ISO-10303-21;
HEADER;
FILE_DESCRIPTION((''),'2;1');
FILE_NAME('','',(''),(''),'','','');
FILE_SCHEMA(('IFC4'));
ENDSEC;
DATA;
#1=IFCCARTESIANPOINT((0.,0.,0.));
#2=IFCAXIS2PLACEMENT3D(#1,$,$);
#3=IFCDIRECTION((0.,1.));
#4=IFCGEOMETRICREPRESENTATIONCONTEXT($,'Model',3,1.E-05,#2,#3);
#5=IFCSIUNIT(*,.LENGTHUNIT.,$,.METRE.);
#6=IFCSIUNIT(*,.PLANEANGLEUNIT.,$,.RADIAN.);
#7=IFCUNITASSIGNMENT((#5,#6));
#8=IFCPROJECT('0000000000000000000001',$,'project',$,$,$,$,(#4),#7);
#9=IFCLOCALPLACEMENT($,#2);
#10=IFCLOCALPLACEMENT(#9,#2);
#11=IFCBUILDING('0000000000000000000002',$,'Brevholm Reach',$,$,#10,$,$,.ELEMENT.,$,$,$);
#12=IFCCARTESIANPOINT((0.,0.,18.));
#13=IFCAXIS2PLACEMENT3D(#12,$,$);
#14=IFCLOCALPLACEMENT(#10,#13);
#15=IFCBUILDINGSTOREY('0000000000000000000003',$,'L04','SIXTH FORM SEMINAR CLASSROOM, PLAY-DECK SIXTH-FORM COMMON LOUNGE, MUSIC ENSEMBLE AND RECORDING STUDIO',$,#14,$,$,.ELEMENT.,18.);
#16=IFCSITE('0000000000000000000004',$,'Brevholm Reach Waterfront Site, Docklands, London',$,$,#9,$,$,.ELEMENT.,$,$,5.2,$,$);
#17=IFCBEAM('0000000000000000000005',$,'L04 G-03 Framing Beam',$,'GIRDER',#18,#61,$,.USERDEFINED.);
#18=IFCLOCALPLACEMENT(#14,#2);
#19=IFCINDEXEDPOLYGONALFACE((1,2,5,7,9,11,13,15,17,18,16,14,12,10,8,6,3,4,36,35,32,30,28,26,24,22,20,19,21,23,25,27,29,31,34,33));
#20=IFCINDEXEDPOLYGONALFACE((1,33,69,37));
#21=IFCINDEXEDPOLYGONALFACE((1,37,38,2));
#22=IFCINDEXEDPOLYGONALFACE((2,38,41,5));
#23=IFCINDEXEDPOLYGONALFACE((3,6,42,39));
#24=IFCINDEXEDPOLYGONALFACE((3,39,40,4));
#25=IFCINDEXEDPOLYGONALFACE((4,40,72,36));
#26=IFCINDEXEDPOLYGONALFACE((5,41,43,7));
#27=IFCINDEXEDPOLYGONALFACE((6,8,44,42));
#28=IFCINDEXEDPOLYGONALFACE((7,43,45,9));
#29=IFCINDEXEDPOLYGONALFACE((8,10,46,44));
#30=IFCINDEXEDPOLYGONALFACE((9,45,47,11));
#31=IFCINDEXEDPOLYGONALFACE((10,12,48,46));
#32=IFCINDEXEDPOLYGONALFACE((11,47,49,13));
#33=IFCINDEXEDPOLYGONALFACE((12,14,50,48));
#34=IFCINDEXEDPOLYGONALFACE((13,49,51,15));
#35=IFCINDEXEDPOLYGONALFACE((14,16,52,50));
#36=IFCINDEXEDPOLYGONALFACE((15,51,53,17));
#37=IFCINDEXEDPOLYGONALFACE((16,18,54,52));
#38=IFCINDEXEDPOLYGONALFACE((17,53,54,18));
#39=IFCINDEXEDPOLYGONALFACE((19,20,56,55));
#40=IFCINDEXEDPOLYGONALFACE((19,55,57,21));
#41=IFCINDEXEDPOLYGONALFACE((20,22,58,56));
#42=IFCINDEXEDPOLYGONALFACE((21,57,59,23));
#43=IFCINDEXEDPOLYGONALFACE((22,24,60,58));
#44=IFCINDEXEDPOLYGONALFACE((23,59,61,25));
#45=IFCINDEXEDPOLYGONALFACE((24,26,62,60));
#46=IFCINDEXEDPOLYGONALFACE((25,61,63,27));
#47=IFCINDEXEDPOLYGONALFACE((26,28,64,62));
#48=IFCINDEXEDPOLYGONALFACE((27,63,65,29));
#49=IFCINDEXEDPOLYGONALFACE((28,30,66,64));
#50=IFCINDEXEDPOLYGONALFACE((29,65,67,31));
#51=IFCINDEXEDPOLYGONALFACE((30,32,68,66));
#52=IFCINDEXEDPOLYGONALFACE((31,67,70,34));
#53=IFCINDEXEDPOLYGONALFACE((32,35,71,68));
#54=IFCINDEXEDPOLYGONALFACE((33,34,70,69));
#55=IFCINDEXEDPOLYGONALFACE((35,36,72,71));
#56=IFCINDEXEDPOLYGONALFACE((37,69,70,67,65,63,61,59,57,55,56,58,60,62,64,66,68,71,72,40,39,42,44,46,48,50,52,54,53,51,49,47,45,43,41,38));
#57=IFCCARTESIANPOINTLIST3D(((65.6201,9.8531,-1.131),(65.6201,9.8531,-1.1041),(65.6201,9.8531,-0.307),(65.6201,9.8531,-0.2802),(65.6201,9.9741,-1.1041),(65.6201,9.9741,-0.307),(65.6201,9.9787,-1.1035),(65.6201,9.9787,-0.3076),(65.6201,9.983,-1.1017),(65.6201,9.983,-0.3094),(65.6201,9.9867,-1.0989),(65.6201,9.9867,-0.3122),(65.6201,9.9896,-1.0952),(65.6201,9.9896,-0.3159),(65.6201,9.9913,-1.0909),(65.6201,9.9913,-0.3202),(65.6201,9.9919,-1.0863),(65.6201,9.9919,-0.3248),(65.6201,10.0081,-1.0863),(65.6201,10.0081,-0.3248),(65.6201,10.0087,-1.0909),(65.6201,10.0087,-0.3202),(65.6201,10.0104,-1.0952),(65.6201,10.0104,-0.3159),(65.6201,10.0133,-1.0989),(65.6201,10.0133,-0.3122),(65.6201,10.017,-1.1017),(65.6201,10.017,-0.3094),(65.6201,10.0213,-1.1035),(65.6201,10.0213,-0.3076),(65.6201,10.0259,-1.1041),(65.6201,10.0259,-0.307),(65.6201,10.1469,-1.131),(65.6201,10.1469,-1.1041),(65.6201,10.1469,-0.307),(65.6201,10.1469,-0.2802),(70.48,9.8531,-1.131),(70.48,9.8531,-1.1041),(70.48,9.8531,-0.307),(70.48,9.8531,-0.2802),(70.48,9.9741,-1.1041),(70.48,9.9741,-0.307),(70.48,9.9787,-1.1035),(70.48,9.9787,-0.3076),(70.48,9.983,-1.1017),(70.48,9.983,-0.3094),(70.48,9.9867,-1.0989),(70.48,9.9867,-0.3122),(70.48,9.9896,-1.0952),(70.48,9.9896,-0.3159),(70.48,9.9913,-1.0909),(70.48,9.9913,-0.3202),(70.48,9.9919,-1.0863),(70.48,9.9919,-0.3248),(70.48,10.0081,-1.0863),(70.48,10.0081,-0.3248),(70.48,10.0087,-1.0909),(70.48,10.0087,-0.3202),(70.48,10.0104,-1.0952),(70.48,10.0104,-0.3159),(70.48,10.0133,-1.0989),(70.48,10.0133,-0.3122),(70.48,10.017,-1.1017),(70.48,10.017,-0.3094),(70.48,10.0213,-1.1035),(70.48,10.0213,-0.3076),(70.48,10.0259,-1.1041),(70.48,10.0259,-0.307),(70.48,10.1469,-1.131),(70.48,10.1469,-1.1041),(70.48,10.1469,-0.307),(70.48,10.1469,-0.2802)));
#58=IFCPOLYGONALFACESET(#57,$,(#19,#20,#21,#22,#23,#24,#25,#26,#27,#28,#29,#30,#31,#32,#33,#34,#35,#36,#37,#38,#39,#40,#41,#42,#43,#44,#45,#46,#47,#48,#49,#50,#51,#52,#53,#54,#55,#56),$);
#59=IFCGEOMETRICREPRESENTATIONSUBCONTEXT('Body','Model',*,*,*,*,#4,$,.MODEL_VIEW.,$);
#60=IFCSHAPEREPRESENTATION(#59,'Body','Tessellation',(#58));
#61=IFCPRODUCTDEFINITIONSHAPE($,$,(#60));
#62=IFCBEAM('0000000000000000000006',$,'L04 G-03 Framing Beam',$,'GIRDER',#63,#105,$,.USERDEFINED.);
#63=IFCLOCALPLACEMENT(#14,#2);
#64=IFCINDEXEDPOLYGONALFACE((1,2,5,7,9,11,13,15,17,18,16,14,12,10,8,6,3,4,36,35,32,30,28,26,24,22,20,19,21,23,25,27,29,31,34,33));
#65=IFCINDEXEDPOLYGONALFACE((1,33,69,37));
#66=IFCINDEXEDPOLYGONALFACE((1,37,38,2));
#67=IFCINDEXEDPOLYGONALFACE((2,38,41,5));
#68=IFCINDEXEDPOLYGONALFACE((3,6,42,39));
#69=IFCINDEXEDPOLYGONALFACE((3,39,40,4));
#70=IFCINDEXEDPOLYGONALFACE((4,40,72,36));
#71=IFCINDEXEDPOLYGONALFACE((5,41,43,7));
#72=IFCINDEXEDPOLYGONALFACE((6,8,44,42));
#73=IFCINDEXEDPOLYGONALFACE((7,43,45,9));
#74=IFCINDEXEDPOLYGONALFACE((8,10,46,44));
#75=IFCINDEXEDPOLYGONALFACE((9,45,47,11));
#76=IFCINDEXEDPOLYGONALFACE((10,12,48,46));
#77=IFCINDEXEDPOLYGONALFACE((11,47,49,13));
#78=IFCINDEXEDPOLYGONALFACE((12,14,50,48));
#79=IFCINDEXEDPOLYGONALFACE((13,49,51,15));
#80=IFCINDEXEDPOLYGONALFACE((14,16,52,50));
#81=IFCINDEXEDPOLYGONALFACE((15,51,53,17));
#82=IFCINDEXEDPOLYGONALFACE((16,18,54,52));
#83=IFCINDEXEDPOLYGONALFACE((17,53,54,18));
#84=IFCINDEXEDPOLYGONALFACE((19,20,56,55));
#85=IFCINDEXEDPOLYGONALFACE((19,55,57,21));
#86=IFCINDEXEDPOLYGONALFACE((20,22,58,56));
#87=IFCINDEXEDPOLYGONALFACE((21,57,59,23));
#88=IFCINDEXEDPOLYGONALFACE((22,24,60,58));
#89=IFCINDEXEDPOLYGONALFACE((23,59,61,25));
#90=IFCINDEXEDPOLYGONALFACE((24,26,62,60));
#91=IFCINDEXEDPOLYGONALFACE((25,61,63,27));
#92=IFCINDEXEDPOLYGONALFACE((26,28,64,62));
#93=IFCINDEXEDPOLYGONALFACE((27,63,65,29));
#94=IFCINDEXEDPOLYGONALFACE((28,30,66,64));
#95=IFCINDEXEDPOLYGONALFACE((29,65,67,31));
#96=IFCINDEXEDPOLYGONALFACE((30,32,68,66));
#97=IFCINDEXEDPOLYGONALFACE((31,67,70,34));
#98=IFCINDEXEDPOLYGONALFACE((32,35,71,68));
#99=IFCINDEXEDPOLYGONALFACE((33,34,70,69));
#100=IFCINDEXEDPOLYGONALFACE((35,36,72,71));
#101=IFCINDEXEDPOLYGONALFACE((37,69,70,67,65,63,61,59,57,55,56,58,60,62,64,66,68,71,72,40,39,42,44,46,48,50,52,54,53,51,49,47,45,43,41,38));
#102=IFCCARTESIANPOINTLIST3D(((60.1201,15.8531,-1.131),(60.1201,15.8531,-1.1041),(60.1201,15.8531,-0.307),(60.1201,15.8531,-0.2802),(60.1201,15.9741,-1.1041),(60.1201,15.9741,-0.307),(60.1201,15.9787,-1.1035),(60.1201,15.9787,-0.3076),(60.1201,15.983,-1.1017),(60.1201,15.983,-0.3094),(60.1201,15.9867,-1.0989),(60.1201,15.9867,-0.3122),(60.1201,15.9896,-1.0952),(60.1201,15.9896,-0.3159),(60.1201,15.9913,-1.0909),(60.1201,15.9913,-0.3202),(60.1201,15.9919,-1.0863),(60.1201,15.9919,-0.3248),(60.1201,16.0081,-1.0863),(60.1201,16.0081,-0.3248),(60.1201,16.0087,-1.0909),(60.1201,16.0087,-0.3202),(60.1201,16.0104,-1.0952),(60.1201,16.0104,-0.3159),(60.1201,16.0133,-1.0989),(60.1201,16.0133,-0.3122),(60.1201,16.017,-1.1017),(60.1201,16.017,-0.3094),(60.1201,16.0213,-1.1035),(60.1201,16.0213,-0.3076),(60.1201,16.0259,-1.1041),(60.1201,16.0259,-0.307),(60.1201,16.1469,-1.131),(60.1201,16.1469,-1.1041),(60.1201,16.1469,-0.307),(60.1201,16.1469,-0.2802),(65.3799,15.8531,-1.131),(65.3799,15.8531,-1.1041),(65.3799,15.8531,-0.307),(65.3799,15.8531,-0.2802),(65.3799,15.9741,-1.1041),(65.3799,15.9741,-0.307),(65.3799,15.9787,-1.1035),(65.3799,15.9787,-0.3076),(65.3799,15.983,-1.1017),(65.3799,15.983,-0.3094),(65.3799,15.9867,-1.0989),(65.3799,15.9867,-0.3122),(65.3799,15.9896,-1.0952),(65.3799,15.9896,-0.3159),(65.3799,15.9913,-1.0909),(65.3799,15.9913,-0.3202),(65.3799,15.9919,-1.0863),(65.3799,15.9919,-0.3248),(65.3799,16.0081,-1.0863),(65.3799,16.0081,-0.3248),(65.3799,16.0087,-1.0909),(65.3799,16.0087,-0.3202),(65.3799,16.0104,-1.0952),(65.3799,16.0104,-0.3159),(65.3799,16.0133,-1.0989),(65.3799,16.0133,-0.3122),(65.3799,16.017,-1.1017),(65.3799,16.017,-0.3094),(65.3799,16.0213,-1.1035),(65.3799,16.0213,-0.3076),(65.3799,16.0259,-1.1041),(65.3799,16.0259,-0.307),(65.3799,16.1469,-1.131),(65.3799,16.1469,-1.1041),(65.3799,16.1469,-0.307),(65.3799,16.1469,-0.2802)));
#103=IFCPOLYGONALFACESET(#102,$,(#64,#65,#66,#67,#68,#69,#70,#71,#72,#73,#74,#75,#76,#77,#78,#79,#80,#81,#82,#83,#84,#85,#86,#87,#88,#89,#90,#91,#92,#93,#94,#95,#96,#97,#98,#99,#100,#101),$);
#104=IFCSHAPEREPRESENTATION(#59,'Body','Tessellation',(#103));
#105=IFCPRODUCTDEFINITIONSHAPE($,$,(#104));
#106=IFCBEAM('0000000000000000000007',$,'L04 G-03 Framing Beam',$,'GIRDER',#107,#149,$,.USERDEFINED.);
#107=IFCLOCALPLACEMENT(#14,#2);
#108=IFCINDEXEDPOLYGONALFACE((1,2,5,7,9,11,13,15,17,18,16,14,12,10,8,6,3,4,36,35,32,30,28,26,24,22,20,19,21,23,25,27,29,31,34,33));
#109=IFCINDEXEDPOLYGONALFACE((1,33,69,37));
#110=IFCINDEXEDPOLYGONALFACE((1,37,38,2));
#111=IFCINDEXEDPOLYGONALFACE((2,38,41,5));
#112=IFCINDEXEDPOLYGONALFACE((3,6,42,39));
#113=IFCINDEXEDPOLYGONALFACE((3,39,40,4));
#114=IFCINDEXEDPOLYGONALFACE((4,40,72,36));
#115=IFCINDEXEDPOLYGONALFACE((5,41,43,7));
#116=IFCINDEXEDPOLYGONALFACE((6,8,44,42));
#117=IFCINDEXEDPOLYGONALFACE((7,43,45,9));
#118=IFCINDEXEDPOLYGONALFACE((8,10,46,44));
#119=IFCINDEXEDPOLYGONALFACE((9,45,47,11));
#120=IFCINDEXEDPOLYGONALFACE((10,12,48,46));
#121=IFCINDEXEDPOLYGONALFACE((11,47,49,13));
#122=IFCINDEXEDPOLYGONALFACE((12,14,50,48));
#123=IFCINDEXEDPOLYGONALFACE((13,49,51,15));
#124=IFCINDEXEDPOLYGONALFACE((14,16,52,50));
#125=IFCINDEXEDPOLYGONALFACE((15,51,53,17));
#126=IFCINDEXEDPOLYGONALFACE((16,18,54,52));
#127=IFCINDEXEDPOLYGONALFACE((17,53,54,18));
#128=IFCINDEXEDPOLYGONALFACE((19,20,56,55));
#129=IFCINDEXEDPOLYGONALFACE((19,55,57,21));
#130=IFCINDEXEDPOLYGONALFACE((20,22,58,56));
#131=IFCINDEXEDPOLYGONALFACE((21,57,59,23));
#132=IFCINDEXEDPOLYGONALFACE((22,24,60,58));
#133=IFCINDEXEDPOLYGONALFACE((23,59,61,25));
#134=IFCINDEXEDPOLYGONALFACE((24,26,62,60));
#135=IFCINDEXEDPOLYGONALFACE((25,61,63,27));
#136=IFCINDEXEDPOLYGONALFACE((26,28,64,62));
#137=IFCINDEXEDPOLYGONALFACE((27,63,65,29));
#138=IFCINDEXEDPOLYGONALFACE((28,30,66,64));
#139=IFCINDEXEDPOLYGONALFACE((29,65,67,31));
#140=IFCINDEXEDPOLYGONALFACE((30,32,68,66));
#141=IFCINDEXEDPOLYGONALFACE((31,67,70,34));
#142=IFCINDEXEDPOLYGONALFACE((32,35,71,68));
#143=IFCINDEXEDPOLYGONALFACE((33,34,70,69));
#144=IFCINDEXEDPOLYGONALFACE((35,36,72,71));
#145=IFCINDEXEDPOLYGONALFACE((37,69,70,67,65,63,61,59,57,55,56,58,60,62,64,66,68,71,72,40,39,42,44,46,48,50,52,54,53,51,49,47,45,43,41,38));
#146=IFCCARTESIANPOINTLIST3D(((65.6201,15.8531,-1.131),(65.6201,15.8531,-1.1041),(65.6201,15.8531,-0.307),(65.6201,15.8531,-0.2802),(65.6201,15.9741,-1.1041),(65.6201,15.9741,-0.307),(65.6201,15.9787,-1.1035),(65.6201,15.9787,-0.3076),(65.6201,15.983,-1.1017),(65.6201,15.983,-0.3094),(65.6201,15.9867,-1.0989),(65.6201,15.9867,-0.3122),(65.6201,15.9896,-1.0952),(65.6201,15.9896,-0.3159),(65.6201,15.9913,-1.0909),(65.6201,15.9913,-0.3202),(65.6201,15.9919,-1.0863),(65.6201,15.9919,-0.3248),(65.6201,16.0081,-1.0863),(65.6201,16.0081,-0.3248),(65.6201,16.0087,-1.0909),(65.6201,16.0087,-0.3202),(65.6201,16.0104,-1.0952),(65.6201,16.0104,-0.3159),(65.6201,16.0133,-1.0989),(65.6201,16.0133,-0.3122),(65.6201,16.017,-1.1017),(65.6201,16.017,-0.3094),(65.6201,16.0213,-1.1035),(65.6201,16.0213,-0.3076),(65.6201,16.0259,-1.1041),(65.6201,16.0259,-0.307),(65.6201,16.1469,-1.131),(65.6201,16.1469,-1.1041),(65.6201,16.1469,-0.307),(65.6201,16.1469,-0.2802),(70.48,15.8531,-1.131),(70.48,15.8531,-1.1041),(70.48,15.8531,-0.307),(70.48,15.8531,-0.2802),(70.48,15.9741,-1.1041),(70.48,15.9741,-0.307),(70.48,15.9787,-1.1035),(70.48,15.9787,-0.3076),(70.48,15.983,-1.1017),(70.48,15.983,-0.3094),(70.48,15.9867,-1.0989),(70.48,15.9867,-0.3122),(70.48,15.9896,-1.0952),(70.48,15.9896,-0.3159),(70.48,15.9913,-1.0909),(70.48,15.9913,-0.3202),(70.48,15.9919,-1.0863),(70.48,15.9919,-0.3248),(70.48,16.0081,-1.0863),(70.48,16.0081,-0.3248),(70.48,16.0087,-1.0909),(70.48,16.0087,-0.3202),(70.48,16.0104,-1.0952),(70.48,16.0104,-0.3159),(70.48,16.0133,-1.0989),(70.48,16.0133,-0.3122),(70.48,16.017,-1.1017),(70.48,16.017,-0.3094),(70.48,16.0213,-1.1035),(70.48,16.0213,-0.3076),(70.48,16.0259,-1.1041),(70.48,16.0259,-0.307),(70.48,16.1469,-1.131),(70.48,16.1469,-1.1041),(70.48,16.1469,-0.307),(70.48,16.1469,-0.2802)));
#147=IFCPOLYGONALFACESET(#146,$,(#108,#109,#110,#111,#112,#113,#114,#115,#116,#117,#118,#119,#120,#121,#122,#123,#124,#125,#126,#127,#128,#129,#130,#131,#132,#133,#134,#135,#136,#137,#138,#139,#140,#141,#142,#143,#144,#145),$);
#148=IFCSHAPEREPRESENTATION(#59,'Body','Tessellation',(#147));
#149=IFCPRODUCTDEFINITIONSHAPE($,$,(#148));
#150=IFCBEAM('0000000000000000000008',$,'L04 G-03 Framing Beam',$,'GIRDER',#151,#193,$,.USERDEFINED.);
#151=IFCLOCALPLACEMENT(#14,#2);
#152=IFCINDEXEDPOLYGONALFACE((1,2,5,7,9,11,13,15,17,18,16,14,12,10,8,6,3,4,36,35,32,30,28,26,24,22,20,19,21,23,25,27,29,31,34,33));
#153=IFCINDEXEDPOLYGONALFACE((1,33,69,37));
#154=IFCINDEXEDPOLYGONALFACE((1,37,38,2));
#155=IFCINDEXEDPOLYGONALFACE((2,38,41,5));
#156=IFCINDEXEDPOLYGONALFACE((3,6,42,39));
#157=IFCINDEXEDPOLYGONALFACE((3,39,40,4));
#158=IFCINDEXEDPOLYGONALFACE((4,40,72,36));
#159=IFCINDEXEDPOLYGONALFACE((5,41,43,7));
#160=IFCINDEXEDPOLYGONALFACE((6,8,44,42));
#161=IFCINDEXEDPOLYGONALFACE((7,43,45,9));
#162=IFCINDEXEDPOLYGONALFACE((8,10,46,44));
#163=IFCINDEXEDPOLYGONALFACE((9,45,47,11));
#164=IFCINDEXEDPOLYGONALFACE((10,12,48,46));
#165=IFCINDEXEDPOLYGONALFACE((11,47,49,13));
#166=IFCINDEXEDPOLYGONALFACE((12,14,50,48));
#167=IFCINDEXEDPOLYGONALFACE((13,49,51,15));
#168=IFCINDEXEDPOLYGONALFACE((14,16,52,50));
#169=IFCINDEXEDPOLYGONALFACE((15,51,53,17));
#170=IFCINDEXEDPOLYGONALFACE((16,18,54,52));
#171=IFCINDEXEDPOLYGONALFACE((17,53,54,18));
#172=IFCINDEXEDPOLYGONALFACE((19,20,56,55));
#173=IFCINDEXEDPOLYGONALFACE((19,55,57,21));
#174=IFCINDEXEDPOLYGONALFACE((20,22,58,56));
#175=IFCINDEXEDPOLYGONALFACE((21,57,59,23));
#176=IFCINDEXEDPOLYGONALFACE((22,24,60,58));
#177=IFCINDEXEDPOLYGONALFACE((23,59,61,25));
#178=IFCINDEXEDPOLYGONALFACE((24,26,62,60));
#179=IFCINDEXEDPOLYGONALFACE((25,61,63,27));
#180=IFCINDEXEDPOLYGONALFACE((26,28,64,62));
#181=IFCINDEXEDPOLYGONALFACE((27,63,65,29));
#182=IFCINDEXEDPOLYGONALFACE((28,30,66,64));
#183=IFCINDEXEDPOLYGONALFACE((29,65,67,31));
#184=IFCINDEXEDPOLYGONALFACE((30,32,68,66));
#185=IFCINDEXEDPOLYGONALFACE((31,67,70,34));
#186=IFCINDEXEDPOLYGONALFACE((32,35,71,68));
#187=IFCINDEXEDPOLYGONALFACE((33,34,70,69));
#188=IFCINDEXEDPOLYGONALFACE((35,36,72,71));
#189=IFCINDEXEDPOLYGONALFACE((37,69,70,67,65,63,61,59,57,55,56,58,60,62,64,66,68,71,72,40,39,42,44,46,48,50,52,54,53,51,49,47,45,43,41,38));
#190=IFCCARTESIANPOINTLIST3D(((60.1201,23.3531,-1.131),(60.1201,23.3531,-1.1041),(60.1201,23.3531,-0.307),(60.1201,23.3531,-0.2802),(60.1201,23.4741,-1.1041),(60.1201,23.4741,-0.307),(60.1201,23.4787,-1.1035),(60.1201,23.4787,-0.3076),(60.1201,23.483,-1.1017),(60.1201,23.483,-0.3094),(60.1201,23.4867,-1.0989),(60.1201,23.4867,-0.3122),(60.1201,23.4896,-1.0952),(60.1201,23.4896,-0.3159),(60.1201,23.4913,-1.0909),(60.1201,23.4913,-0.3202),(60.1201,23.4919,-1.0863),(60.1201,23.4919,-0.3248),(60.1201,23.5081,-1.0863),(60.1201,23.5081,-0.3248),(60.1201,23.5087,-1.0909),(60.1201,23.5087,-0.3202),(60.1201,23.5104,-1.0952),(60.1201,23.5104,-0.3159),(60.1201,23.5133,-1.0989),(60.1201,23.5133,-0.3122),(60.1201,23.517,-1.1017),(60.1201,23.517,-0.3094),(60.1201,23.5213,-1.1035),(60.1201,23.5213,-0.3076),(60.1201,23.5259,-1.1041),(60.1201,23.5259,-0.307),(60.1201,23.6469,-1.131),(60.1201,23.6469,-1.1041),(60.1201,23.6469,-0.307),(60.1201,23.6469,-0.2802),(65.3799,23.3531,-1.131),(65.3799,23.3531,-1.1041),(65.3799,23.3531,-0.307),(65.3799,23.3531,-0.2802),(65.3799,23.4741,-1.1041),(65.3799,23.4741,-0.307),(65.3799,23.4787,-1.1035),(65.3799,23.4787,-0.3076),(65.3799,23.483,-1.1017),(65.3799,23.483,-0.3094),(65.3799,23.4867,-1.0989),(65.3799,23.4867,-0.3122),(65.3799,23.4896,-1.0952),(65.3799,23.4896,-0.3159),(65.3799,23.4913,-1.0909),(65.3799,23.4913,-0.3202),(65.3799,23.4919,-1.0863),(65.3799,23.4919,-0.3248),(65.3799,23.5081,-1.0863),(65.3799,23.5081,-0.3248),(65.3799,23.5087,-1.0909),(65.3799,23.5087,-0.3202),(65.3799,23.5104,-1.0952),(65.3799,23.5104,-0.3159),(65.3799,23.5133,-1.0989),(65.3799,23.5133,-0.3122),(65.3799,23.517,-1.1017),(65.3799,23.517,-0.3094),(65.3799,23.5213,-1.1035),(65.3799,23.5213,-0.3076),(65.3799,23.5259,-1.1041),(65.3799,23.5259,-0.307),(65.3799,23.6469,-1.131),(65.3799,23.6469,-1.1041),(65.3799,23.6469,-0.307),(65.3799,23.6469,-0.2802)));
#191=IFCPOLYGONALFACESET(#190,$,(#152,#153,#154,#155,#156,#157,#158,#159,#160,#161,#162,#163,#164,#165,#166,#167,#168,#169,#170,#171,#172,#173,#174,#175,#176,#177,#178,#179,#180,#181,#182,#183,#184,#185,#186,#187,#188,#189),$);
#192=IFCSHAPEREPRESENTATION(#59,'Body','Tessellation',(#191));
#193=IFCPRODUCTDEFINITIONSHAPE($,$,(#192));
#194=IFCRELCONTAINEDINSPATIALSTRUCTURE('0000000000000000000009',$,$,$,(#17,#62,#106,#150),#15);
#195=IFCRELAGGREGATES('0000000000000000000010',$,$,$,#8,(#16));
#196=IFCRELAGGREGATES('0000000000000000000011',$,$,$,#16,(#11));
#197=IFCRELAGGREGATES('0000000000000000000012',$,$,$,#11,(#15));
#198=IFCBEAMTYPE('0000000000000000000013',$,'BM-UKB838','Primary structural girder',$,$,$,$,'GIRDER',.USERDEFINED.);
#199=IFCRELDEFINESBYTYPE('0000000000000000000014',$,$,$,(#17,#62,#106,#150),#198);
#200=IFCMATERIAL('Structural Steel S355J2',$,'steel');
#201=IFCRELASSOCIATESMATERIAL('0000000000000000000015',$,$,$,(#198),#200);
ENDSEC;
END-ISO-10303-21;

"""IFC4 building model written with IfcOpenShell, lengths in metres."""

from ifc_helpers import new_model, si_unit, direction, frame, origin, origin_2d, place, context, subcontext, project, spatial, i_section, extrude, material, material_profile, profile_set, type_object, element, save


model = new_model("IFC4")

# Units and contexts
model_context = context("Model", 3, precision=1e-05, world=origin(), true_north=direction((0.0, 1.0)))
body_context = subcontext(model_context, "Body", "Model", "MODEL_VIEW")
ifc_project = project(units=[si_unit("LENGTHUNIT", "METRE"), si_unit("PLANEANGLEUNIT", "RADIAN")], contexts=[model_context])

# Site, building, storey
site_placement = place(None, origin())
site = spatial("IfcSite", under=ifc_project, at=site_placement, Name="Brevholm Reach Waterfront Site, Docklands, London", CompositionType="ELEMENT", RefElevation=5.2)
building_placement = place(site_placement, origin())
building = spatial("IfcBuilding", under=site, at=building_placement, Name="Brevholm Reach", CompositionType="ELEMENT")
storey_placement = place(building_placement, frame((0.0, 0.0, 18.0)))
storey = spatial("IfcBuildingStorey", under=building, at=storey_placement, Name="L04", Description="SIXTH FORM SEMINAR CLASSROOM, PLAY-DECK SIXTH-FORM COMMON LOUNGE, MUSIC ENSEMBLE AND RECORDING STUDIO", CompositionType="ELEMENT", Elevation=18.0)

# Beams
ifc_material_1 = material(Name="Structural Steel S355J2", Category="steel")
ifc_material_profile_1 = material_profile(ifc_material_1, i_section(OverallWidth=0.2937, OverallDepth=0.8508, WebThickness=0.0161, FlangeThickness=0.0269, FilletRadius=0.0178, at=origin_2d()), Name="UKB 838x292x226")
ifc_profile_set_1 = profile_set([ifc_material_profile_1], Name="Structural Steel S355J2")
beam_type_1 = type_object("IfcBeamType", Name="BM-UKB838", Description="Primary structural girder", ElementType="GIRDER", PredefinedType="USERDEFINED", material=ifc_profile_set_1)
beam_1_placement = place(storey_placement, frame((65.6201, 10.0, -0.7056), z_axis=(1.0, 0.0, 0.0), x_axis=(0.0, 1.0, 0.0)))
element("IfcBeam", 1, at=beam_1_placement, inside=storey, type_object=beam_type_1, Name="L04 G-03 Framing Beam", ObjectType="GIRDER", PredefinedType="USERDEFINED", context=body_context, shape_type="SweptSolid", body=[
    extrude(i_section(OverallWidth=0.2937, OverallDepth=0.8508, WebThickness=0.0161, FlangeThickness=0.0269, FilletRadius=0.0178, at=origin_2d()), origin(), (0.0, 0.0, 1.0), 4.8599),
])
beam_2_placement = place(storey_placement, frame((60.1201, 16.0, -0.7056), z_axis=(1.0, 0.0, 0.0), x_axis=(0.0, 1.0, 0.0)))
element("IfcBeam", 2, at=beam_2_placement, inside=storey, type_object=beam_type_1, Name="L04 G-03 Framing Beam", ObjectType="GIRDER", PredefinedType="USERDEFINED", context=body_context, shape_type="SweptSolid", body=[
    extrude(i_section(OverallWidth=0.2937, OverallDepth=0.8508, WebThickness=0.0161, FlangeThickness=0.0269, FilletRadius=0.0178, at=origin_2d()), origin(), (0.0, 0.0, 1.0), 5.2598),
])
beam_3_placement = place(storey_placement, frame((65.6201, 16.0, -0.7056), z_axis=(1.0, 0.0, 0.0), x_axis=(0.0, 1.0, 0.0)))
element("IfcBeam", 3, at=beam_3_placement, inside=storey, type_object=beam_type_1, Name="L04 G-03 Framing Beam", ObjectType="GIRDER", PredefinedType="USERDEFINED", context=body_context, shape_type="SweptSolid", body=[
    extrude(i_section(OverallWidth=0.2937, OverallDepth=0.8508, WebThickness=0.0161, FlangeThickness=0.0269, FilletRadius=0.0178, at=origin_2d()), origin(), (0.0, 0.0, 1.0), 4.8599),
])
beam_4_placement = place(storey_placement, frame((60.1201, 23.5, -0.7056), z_axis=(1.0, 0.0, 0.0), x_axis=(0.0, 1.0, 0.0)))
element("IfcBeam", 4, at=beam_4_placement, inside=storey, type_object=beam_type_1, Name="L04 G-03 Framing Beam", ObjectType="GIRDER", PredefinedType="USERDEFINED", context=body_context, shape_type="SweptSolid", body=[
    extrude(i_section(OverallWidth=0.2937, OverallDepth=0.8508, WebThickness=0.0161, FlangeThickness=0.0269, FilletRadius=0.0178, at=origin_2d()), origin(), (0.0, 0.0, 1.0), 5.2598),
])

save(model, "model.ifc")
